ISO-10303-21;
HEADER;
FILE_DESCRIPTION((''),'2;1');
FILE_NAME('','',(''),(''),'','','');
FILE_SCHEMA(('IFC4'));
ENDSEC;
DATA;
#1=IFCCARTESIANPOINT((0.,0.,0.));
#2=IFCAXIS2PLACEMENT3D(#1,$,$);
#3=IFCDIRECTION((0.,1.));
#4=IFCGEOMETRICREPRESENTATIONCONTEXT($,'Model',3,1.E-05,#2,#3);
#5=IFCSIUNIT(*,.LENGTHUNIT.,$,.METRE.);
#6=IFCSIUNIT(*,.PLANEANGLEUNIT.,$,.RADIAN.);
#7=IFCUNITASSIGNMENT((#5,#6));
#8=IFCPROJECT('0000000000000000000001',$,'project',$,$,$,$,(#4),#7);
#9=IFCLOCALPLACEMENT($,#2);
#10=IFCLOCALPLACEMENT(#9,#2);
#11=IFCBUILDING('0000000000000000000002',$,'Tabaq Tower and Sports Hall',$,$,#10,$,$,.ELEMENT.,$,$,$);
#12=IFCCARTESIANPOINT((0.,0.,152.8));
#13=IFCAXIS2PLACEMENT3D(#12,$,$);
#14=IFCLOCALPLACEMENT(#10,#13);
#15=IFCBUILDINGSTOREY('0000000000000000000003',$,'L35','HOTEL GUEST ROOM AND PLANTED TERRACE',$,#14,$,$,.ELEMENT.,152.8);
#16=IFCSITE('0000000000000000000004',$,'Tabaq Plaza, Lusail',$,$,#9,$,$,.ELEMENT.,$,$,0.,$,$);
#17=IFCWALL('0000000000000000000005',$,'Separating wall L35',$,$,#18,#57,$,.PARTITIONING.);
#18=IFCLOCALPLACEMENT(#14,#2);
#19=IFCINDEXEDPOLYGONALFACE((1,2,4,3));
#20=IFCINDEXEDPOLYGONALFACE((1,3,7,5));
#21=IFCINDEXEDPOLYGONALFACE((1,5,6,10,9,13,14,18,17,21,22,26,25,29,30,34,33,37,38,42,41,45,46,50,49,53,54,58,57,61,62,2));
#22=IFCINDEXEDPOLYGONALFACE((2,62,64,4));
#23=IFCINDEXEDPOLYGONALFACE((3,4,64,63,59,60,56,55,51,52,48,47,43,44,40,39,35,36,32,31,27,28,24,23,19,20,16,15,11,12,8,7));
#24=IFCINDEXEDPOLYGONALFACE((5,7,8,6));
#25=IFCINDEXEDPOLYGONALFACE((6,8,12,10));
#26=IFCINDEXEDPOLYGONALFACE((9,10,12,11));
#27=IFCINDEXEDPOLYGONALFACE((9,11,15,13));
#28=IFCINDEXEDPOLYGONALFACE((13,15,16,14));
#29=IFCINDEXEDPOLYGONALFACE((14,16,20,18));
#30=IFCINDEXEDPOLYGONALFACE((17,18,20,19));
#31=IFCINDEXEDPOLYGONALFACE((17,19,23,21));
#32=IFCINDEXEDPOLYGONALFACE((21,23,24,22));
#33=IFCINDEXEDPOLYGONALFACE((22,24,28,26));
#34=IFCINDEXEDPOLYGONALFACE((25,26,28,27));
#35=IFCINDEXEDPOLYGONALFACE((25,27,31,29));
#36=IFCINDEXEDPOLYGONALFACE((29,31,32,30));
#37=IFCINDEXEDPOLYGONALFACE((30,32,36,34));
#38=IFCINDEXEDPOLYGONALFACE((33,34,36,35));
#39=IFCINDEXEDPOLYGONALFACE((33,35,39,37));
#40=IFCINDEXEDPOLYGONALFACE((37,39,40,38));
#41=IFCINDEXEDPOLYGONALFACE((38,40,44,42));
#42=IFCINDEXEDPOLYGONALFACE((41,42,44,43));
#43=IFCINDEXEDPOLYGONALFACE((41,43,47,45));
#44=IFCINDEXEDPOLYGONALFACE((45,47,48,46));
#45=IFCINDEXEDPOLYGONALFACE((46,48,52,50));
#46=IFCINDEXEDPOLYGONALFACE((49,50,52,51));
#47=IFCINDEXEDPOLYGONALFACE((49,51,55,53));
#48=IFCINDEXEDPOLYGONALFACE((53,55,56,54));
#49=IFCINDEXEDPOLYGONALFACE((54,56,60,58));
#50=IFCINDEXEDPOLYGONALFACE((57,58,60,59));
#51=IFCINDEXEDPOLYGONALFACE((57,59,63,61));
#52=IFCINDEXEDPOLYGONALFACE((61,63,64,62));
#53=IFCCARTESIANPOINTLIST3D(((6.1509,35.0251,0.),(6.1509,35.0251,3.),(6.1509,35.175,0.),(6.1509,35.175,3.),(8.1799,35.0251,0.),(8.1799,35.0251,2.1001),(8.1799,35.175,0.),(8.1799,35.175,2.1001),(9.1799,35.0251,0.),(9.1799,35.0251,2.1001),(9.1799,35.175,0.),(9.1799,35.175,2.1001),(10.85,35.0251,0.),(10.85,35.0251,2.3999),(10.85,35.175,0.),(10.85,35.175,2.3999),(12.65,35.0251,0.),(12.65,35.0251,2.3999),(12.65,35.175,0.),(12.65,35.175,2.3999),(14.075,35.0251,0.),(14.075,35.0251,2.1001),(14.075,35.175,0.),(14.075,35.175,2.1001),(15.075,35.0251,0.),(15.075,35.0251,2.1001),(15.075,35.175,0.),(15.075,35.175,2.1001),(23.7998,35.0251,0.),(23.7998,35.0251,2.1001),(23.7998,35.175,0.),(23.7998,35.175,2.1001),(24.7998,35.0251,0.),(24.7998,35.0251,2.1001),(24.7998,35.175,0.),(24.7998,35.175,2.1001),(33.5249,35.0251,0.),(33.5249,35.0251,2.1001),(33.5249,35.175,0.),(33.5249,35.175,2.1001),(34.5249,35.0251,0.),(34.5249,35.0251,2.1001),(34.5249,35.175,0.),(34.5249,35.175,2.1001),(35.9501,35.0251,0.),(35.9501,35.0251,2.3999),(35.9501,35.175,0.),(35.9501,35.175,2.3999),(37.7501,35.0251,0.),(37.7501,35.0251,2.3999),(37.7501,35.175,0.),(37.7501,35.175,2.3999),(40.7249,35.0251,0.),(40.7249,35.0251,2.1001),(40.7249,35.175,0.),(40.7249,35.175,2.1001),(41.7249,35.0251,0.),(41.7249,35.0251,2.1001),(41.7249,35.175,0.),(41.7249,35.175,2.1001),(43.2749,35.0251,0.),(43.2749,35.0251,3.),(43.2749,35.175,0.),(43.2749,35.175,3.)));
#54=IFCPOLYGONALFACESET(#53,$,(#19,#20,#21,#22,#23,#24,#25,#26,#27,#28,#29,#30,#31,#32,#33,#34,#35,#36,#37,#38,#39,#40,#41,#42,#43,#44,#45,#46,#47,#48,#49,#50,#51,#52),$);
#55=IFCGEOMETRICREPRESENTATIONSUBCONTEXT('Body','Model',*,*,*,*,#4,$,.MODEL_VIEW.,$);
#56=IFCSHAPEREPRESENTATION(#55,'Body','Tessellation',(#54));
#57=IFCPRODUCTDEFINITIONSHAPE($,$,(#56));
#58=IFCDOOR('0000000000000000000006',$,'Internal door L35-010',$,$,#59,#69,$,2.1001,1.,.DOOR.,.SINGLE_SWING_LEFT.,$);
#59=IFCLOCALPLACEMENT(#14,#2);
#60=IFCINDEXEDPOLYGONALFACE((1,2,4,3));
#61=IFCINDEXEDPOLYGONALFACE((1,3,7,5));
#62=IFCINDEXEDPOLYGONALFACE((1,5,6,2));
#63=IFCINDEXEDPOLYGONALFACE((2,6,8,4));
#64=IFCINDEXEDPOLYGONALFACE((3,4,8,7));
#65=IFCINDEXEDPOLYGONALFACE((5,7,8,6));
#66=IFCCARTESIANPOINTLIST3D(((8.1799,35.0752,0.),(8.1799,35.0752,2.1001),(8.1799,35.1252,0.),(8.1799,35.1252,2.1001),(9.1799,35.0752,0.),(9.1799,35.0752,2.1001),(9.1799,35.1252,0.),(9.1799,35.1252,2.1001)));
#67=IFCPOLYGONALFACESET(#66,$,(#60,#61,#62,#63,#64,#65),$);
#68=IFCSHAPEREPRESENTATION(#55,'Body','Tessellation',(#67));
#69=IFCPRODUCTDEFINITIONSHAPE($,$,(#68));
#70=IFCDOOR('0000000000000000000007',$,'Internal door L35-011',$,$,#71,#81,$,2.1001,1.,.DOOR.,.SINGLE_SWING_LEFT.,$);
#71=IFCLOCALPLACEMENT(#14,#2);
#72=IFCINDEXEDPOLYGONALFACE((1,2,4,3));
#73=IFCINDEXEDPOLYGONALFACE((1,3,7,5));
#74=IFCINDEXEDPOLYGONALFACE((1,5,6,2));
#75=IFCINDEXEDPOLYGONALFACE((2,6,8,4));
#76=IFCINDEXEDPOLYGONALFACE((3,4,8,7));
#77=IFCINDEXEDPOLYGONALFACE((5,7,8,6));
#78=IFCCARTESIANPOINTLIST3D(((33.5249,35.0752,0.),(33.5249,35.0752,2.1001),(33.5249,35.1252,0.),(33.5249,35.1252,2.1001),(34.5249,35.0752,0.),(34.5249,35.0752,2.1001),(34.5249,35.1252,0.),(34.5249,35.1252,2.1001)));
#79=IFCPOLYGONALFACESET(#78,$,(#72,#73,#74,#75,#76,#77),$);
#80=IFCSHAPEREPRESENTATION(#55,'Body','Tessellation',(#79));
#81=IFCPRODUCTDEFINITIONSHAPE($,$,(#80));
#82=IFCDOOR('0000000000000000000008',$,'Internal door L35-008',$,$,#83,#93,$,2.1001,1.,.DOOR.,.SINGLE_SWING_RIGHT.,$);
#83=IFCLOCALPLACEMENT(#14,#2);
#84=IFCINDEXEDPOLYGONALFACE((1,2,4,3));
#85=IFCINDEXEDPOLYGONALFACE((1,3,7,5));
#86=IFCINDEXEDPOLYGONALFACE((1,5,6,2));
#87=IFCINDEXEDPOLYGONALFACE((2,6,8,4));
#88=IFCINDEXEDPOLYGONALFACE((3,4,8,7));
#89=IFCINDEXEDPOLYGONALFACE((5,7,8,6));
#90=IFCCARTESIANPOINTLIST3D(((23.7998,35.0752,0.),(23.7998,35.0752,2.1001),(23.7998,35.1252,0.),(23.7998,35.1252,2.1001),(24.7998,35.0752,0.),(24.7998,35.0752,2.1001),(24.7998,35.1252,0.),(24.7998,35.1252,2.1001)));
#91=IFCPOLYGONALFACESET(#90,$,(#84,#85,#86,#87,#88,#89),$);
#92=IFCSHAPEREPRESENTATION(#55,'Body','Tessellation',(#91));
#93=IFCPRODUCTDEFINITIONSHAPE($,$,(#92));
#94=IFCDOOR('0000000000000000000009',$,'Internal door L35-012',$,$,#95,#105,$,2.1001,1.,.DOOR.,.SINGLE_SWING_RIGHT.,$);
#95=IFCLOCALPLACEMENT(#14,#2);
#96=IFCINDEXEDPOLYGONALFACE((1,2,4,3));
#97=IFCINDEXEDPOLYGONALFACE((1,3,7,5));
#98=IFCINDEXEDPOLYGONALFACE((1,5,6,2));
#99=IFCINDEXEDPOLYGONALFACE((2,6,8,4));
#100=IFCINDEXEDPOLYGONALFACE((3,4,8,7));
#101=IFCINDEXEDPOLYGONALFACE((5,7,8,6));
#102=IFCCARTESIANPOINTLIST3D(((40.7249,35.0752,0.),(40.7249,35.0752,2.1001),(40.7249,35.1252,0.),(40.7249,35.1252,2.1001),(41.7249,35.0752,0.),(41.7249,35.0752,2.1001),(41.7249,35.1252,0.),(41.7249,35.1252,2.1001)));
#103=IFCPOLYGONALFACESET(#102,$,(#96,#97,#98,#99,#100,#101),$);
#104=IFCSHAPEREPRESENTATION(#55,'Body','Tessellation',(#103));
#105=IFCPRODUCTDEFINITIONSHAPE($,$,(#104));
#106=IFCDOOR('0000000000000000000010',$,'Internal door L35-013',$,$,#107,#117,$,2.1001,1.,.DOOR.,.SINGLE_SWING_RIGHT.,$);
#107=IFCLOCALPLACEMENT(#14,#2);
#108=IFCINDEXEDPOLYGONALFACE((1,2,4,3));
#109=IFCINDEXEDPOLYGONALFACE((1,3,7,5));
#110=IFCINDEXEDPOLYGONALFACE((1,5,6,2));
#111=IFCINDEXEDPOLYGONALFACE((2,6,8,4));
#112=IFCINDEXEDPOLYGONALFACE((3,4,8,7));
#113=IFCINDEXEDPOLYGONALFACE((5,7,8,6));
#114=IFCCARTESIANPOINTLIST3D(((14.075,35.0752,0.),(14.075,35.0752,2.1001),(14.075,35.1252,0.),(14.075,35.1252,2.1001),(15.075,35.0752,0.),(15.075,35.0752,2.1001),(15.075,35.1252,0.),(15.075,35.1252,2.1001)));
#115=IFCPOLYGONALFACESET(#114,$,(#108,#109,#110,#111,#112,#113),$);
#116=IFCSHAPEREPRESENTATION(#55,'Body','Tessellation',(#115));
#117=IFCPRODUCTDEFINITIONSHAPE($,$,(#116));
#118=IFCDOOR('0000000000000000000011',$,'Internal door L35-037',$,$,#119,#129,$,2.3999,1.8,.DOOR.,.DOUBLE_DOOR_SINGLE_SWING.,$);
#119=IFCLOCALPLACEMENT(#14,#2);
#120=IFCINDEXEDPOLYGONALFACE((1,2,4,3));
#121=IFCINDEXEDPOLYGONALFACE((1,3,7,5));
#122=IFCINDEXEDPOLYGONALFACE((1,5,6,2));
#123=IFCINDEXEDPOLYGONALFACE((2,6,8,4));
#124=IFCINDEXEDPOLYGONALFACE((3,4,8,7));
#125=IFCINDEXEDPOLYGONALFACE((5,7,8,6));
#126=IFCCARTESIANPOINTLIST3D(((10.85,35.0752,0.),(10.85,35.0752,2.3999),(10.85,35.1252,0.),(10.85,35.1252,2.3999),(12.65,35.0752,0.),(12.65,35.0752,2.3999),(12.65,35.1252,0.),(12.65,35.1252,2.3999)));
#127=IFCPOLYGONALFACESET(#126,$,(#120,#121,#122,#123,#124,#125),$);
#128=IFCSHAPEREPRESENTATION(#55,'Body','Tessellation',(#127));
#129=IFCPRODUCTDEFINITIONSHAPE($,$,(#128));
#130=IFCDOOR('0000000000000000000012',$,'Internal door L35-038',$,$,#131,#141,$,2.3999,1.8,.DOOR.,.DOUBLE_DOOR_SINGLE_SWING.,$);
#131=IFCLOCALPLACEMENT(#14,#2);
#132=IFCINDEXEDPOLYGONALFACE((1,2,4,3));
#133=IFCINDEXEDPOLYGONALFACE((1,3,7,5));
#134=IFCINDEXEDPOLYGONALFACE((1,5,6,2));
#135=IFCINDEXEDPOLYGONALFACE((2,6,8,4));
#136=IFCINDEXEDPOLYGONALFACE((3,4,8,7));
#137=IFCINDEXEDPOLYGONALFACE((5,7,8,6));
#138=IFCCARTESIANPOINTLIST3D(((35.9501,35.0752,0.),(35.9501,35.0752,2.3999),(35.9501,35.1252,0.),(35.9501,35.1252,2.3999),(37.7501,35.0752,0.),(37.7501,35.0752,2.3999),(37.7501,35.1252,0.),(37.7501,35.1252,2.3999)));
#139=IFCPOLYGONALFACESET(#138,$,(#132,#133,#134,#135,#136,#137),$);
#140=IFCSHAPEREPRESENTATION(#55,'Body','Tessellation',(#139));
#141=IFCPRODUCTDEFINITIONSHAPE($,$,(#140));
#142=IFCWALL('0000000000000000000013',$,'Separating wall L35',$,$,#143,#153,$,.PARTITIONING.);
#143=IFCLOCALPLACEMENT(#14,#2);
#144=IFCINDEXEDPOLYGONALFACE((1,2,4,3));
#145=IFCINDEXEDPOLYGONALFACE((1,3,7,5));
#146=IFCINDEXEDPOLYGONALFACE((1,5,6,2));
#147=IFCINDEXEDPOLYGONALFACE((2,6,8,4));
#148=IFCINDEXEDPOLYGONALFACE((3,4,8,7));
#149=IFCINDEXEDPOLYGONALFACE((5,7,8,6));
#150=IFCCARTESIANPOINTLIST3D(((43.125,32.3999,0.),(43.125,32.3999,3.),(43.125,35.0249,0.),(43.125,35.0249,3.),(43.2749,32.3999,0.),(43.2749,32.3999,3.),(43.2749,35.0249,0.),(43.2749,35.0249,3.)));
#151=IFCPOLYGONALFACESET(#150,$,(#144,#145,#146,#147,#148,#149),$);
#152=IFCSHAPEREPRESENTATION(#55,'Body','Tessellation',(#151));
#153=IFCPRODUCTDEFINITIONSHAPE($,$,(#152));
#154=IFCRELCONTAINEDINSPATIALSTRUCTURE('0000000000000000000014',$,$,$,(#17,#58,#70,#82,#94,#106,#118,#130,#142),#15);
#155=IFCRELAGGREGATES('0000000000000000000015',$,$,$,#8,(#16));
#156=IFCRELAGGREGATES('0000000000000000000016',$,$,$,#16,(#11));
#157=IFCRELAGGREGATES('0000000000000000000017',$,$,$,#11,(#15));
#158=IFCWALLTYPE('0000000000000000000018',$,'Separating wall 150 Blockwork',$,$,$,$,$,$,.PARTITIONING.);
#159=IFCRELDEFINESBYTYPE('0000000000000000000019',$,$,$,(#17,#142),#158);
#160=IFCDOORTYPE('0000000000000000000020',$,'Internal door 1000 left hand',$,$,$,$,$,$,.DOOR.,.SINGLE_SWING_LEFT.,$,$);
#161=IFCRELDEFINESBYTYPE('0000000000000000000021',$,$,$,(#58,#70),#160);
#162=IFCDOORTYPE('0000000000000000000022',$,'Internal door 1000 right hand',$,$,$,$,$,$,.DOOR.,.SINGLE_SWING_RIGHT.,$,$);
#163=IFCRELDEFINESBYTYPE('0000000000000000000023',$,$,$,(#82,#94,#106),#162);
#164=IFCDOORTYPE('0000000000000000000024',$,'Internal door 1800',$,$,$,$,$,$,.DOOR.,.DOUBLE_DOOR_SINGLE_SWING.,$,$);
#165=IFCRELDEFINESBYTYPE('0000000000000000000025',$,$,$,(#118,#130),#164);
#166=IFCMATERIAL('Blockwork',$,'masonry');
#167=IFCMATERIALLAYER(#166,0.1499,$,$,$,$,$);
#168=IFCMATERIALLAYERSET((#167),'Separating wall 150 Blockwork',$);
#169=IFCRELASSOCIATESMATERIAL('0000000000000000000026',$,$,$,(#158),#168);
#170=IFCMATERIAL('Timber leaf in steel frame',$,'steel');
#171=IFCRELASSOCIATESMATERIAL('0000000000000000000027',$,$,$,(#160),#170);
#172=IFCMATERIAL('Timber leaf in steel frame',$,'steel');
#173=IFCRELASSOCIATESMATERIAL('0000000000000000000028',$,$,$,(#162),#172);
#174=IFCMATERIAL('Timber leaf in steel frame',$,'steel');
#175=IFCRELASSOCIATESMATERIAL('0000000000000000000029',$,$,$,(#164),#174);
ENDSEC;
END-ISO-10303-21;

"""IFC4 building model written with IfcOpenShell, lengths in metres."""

from ifc_helpers import new_model, si_unit, direction, frame, frame_2d, origin, place, context, subcontext, project, spatial, rectangle, extrude, material, layer, layer_set, type_object, element, fill, save


model = new_model("IFC4")

# Units and contexts
model_context = context("Model", 3, precision=1e-05, world=origin(), true_north=direction((0.0, 1.0)))
body_context = subcontext(model_context, "Body", "Model", "MODEL_VIEW")
ifc_project = project(units=[si_unit("LENGTHUNIT", "METRE"), si_unit("PLANEANGLEUNIT", "RADIAN")], contexts=[model_context])

# Site, building, storey
site_placement = place(None, origin())
site = spatial("IfcSite", under=ifc_project, at=site_placement, Name="Tabaq Plaza, Lusail", CompositionType="ELEMENT", RefElevation=0.0)
building_placement = place(site_placement, origin())
building = spatial("IfcBuilding", under=site, at=building_placement, Name="Tabaq Tower and Sports Hall", CompositionType="ELEMENT")
storey_placement = place(building_placement, frame((0.0, 0.0, 152.8)))
storey = spatial("IfcBuildingStorey", under=building, at=storey_placement, Name="L35", Description="HOTEL GUEST ROOM AND PLANTED TERRACE", CompositionType="ELEMENT", Elevation=152.8)

# Wall, openings, doors
ifc_material_1 = material(Name="Blockwork", Category="masonry")
ifc_layer_1 = layer(ifc_material_1, 0.1499)
ifc_layer_set_1 = layer_set([ifc_layer_1], Name="Separating wall 150 Blockwork")
wall_type_1 = type_object("IfcWallType", Name="Separating wall 150 Blockwork", PredefinedType="PARTITIONING", material=ifc_layer_set_1)
wall_1_placement = place(storey_placement, frame((43.2749, 35.1001, 0.0), z_axis=(0.0, 0.0, 1.0), x_axis=(-1.0, 0.0, 0.0)))
wall_1 = element("IfcWall", 1, at=wall_1_placement, inside=storey, type_object=wall_type_1, Name="Separating wall L35", PredefinedType="PARTITIONING", context=body_context, shape_type="SweptSolid", body=[
    extrude(rectangle(XDim=37.124, YDim=0.1499, at=frame_2d((18.562, 0.0))), origin(), (0.0, 0.0, 1.0), 3.0),
])
opening_1_placement = place(wall_1_placement, frame((18.4751, 0.0, 0.0)))
opening_1 = element("IfcOpeningElement", 2, at=opening_1_placement, cuts=wall_1, PredefinedType="OPENING", context=body_context, shape_type="SweptSolid", body=[
    extrude(rectangle(XDim=1.0, YDim=2.1001, at=frame_2d((0.5, 1.05))), frame((0.0, 0.075, 0.0), z_axis=(0.0, -1.0, 0.0), x_axis=(1.0, 0.0, 0.0)), (0.0, 0.0, 1.0), 0.1499),
])
opening_2_placement = place(wall_1_placement, frame((34.095, 0.0, 0.0)))
opening_2 = element("IfcOpeningElement", 3, at=opening_2_placement, cuts=wall_1, PredefinedType="OPENING", context=body_context, shape_type="SweptSolid", body=[
    extrude(rectangle(XDim=1.0, YDim=2.1001, at=frame_2d((0.5, 1.05))), frame((0.0, 0.075, 0.0), z_axis=(0.0, -1.0, 0.0), x_axis=(1.0, 0.0, 0.0)), (0.0, 0.0, 1.0), 0.1499),
])
opening_3_placement = place(wall_1_placement, frame((8.75, 0.0, 0.0)))
opening_3 = element("IfcOpeningElement", 4, at=opening_3_placement, cuts=wall_1, PredefinedType="OPENING", context=body_context, shape_type="SweptSolid", body=[
    extrude(rectangle(XDim=1.0, YDim=2.1001, at=frame_2d((0.5, 1.05))), frame((0.0, 0.075, 0.0), z_axis=(0.0, -1.0, 0.0), x_axis=(1.0, 0.0, 0.0)), (0.0, 0.0, 1.0), 0.1499),
])
opening_4_placement = place(wall_1_placement, frame((1.55, 0.0, 0.0)))
opening_4 = element("IfcOpeningElement", 5, at=opening_4_placement, cuts=wall_1, PredefinedType="OPENING", context=body_context, shape_type="SweptSolid", body=[
    extrude(rectangle(XDim=1.0, YDim=2.1001, at=frame_2d((0.5, 1.05))), frame((0.0, 0.075, 0.0), z_axis=(0.0, -1.0, 0.0), x_axis=(1.0, 0.0, 0.0)), (0.0, 0.0, 1.0), 0.1499),
])
opening_5_placement = place(wall_1_placement, frame((28.2, 0.0, 0.0)))
opening_5 = element("IfcOpeningElement", 6, at=opening_5_placement, cuts=wall_1, PredefinedType="OPENING", context=body_context, shape_type="SweptSolid", body=[
    extrude(rectangle(XDim=1.0, YDim=2.1001, at=frame_2d((0.5, 1.05))), frame((0.0, 0.075, 0.0), z_axis=(0.0, -1.0, 0.0), x_axis=(1.0, 0.0, 0.0)), (0.0, 0.0, 1.0), 0.1499),
])
opening_6_placement = place(wall_1_placement, frame((30.625, 0.0, 0.0)))
opening_6 = element("IfcOpeningElement", 7, at=opening_6_placement, cuts=wall_1, PredefinedType="OPENING", context=body_context, shape_type="SweptSolid", body=[
    extrude(rectangle(XDim=1.8, YDim=2.3999, at=frame_2d((0.8999, 1.2))), frame((0.0, 0.075, 0.0), z_axis=(0.0, -1.0, 0.0), x_axis=(1.0, 0.0, 0.0)), (0.0, 0.0, 1.0), 0.1499),
])
opening_7_placement = place(wall_1_placement, frame((5.5249, 0.0, 0.0)))
opening_7 = element("IfcOpeningElement", 8, at=opening_7_placement, cuts=wall_1, PredefinedType="OPENING", context=body_context, shape_type="SweptSolid", body=[
    extrude(rectangle(XDim=1.8, YDim=2.3999, at=frame_2d((0.8999, 1.2))), frame((0.0, 0.075, 0.0), z_axis=(0.0, -1.0, 0.0), x_axis=(1.0, 0.0, 0.0)), (0.0, 0.0, 1.0), 0.1499),
])
ifc_material_2 = material(Name="Timber leaf in steel frame", Category="steel")
door_type_1 = type_object("IfcDoorType", Name="Internal door 1000 left hand", OperationType="SINGLE_SWING_LEFT", PredefinedType="DOOR", material=ifc_material_2)
door_1_placement = place(opening_2_placement, origin())
door_1 = element("IfcDoor", 9, at=door_1_placement, inside=storey, type_object=door_type_1, Name="Internal door L35-010", OperationType="SINGLE_SWING_LEFT", OverallHeight=2.1001, OverallWidth=1.0, PredefinedType="DOOR", context=body_context, shape_type="SweptSolid", body=[
    extrude(rectangle(XDim=1.0, YDim=2.1001, at=frame_2d((0.5, 1.05))), frame((0.0, 0.0249, 0.0), z_axis=(0.0, -1.0, 0.0), x_axis=(1.0, 0.0, 0.0)), (0.0, 0.0, 1.0), 0.05),
])
fill(opening_2, door_1)
door_2_placement = place(opening_3_placement, origin())
door_2 = element("IfcDoor", 10, at=door_2_placement, inside=storey, type_object=door_type_1, Name="Internal door L35-011", OperationType="SINGLE_SWING_LEFT", OverallHeight=2.1001, OverallWidth=1.0, PredefinedType="DOOR", context=body_context, shape_type="SweptSolid", body=[
    extrude(rectangle(XDim=1.0, YDim=2.1001, at=frame_2d((0.5, 1.05))), frame((0.0, 0.0249, 0.0), z_axis=(0.0, -1.0, 0.0), x_axis=(1.0, 0.0, 0.0)), (0.0, 0.0, 1.0), 0.05),
])
fill(opening_3, door_2)
ifc_material_3 = material(Name="Timber leaf in steel frame", Category="steel")
door_type_2 = type_object("IfcDoorType", Name="Internal door 1000 right hand", OperationType="SINGLE_SWING_RIGHT", PredefinedType="DOOR", material=ifc_material_3)
door_3_placement = place(opening_1_placement, origin())
door_3 = element("IfcDoor", 11, at=door_3_placement, inside=storey, type_object=door_type_2, Name="Internal door L35-008", OperationType="SINGLE_SWING_RIGHT", OverallHeight=2.1001, OverallWidth=1.0, PredefinedType="DOOR", context=body_context, shape_type="SweptSolid", body=[
    extrude(rectangle(XDim=1.0, YDim=2.1001, at=frame_2d((0.5, 1.05))), frame((0.0, 0.0249, 0.0), z_axis=(0.0, -1.0, 0.0), x_axis=(1.0, 0.0, 0.0)), (0.0, 0.0, 1.0), 0.05),
])
fill(opening_1, door_3)
door_4_placement = place(opening_4_placement, origin())
door_4 = element("IfcDoor", 12, at=door_4_placement, inside=storey, type_object=door_type_2, Name="Internal door L35-012", OperationType="SINGLE_SWING_RIGHT", OverallHeight=2.1001, OverallWidth=1.0, PredefinedType="DOOR", context=body_context, shape_type="SweptSolid", body=[
    extrude(rectangle(XDim=1.0, YDim=2.1001, at=frame_2d((0.5, 1.05))), frame((0.0, 0.0249, 0.0), z_axis=(0.0, -1.0, 0.0), x_axis=(1.0, 0.0, 0.0)), (0.0, 0.0, 1.0), 0.05),
])
fill(opening_4, door_4)
door_5_placement = place(opening_5_placement, origin())
door_5 = element("IfcDoor", 13, at=door_5_placement, inside=storey, type_object=door_type_2, Name="Internal door L35-013", OperationType="SINGLE_SWING_RIGHT", OverallHeight=2.1001, OverallWidth=1.0, PredefinedType="DOOR", context=body_context, shape_type="SweptSolid", body=[
    extrude(rectangle(XDim=1.0, YDim=2.1001, at=frame_2d((0.5, 1.05))), frame((0.0, 0.0249, 0.0), z_axis=(0.0, -1.0, 0.0), x_axis=(1.0, 0.0, 0.0)), (0.0, 0.0, 1.0), 0.05),
])
fill(opening_5, door_5)
ifc_material_4 = material(Name="Timber leaf in steel frame", Category="steel")
door_type_3 = type_object("IfcDoorType", Name="Internal door 1800", OperationType="DOUBLE_DOOR_SINGLE_SWING", PredefinedType="DOOR", material=ifc_material_4)
door_6_placement = place(opening_6_placement, origin())
door_6 = element("IfcDoor", 14, at=door_6_placement, inside=storey, type_object=door_type_3, Name="Internal door L35-037", OperationType="DOUBLE_DOOR_SINGLE_SWING", OverallHeight=2.3999, OverallWidth=1.8, PredefinedType="DOOR", context=body_context, shape_type="SweptSolid", body=[
    extrude(rectangle(XDim=1.8, YDim=2.3999, at=frame_2d((0.8999, 1.2))), frame((0.0, 0.0249, 0.0), z_axis=(0.0, -1.0, 0.0), x_axis=(1.0, 0.0, 0.0)), (0.0, 0.0, 1.0), 0.05),
])
fill(opening_6, door_6)
door_7_placement = place(opening_7_placement, origin())
door_7 = element("IfcDoor", 15, at=door_7_placement, inside=storey, type_object=door_type_3, Name="Internal door L35-038", OperationType="DOUBLE_DOOR_SINGLE_SWING", OverallHeight=2.3999, OverallWidth=1.8, PredefinedType="DOOR", context=body_context, shape_type="SweptSolid", body=[
    extrude(rectangle(XDim=1.8, YDim=2.3999, at=frame_2d((0.8999, 1.2))), frame((0.0, 0.0249, 0.0), z_axis=(0.0, -1.0, 0.0), x_axis=(1.0, 0.0, 0.0)), (0.0, 0.0, 1.0), 0.05),
])
fill(opening_7, door_7)

# Wall
wall_2_placement = place(storey_placement, frame((43.2, 35.0249, 0.0), z_axis=(0.0, 0.0, 1.0), x_axis=(0.0, -1.0, 0.0)))
element("IfcWall", 16, at=wall_2_placement, inside=storey, type_object=wall_type_1, Name="Separating wall L35", PredefinedType="PARTITIONING", context=body_context, shape_type="SweptSolid", body=[
    extrude(rectangle(XDim=2.625, YDim=0.1499, at=frame_2d((1.3125, 0.0))), origin(), (0.0, 0.0, 1.0), 3.0),
])

save(model, "model.ifc")
